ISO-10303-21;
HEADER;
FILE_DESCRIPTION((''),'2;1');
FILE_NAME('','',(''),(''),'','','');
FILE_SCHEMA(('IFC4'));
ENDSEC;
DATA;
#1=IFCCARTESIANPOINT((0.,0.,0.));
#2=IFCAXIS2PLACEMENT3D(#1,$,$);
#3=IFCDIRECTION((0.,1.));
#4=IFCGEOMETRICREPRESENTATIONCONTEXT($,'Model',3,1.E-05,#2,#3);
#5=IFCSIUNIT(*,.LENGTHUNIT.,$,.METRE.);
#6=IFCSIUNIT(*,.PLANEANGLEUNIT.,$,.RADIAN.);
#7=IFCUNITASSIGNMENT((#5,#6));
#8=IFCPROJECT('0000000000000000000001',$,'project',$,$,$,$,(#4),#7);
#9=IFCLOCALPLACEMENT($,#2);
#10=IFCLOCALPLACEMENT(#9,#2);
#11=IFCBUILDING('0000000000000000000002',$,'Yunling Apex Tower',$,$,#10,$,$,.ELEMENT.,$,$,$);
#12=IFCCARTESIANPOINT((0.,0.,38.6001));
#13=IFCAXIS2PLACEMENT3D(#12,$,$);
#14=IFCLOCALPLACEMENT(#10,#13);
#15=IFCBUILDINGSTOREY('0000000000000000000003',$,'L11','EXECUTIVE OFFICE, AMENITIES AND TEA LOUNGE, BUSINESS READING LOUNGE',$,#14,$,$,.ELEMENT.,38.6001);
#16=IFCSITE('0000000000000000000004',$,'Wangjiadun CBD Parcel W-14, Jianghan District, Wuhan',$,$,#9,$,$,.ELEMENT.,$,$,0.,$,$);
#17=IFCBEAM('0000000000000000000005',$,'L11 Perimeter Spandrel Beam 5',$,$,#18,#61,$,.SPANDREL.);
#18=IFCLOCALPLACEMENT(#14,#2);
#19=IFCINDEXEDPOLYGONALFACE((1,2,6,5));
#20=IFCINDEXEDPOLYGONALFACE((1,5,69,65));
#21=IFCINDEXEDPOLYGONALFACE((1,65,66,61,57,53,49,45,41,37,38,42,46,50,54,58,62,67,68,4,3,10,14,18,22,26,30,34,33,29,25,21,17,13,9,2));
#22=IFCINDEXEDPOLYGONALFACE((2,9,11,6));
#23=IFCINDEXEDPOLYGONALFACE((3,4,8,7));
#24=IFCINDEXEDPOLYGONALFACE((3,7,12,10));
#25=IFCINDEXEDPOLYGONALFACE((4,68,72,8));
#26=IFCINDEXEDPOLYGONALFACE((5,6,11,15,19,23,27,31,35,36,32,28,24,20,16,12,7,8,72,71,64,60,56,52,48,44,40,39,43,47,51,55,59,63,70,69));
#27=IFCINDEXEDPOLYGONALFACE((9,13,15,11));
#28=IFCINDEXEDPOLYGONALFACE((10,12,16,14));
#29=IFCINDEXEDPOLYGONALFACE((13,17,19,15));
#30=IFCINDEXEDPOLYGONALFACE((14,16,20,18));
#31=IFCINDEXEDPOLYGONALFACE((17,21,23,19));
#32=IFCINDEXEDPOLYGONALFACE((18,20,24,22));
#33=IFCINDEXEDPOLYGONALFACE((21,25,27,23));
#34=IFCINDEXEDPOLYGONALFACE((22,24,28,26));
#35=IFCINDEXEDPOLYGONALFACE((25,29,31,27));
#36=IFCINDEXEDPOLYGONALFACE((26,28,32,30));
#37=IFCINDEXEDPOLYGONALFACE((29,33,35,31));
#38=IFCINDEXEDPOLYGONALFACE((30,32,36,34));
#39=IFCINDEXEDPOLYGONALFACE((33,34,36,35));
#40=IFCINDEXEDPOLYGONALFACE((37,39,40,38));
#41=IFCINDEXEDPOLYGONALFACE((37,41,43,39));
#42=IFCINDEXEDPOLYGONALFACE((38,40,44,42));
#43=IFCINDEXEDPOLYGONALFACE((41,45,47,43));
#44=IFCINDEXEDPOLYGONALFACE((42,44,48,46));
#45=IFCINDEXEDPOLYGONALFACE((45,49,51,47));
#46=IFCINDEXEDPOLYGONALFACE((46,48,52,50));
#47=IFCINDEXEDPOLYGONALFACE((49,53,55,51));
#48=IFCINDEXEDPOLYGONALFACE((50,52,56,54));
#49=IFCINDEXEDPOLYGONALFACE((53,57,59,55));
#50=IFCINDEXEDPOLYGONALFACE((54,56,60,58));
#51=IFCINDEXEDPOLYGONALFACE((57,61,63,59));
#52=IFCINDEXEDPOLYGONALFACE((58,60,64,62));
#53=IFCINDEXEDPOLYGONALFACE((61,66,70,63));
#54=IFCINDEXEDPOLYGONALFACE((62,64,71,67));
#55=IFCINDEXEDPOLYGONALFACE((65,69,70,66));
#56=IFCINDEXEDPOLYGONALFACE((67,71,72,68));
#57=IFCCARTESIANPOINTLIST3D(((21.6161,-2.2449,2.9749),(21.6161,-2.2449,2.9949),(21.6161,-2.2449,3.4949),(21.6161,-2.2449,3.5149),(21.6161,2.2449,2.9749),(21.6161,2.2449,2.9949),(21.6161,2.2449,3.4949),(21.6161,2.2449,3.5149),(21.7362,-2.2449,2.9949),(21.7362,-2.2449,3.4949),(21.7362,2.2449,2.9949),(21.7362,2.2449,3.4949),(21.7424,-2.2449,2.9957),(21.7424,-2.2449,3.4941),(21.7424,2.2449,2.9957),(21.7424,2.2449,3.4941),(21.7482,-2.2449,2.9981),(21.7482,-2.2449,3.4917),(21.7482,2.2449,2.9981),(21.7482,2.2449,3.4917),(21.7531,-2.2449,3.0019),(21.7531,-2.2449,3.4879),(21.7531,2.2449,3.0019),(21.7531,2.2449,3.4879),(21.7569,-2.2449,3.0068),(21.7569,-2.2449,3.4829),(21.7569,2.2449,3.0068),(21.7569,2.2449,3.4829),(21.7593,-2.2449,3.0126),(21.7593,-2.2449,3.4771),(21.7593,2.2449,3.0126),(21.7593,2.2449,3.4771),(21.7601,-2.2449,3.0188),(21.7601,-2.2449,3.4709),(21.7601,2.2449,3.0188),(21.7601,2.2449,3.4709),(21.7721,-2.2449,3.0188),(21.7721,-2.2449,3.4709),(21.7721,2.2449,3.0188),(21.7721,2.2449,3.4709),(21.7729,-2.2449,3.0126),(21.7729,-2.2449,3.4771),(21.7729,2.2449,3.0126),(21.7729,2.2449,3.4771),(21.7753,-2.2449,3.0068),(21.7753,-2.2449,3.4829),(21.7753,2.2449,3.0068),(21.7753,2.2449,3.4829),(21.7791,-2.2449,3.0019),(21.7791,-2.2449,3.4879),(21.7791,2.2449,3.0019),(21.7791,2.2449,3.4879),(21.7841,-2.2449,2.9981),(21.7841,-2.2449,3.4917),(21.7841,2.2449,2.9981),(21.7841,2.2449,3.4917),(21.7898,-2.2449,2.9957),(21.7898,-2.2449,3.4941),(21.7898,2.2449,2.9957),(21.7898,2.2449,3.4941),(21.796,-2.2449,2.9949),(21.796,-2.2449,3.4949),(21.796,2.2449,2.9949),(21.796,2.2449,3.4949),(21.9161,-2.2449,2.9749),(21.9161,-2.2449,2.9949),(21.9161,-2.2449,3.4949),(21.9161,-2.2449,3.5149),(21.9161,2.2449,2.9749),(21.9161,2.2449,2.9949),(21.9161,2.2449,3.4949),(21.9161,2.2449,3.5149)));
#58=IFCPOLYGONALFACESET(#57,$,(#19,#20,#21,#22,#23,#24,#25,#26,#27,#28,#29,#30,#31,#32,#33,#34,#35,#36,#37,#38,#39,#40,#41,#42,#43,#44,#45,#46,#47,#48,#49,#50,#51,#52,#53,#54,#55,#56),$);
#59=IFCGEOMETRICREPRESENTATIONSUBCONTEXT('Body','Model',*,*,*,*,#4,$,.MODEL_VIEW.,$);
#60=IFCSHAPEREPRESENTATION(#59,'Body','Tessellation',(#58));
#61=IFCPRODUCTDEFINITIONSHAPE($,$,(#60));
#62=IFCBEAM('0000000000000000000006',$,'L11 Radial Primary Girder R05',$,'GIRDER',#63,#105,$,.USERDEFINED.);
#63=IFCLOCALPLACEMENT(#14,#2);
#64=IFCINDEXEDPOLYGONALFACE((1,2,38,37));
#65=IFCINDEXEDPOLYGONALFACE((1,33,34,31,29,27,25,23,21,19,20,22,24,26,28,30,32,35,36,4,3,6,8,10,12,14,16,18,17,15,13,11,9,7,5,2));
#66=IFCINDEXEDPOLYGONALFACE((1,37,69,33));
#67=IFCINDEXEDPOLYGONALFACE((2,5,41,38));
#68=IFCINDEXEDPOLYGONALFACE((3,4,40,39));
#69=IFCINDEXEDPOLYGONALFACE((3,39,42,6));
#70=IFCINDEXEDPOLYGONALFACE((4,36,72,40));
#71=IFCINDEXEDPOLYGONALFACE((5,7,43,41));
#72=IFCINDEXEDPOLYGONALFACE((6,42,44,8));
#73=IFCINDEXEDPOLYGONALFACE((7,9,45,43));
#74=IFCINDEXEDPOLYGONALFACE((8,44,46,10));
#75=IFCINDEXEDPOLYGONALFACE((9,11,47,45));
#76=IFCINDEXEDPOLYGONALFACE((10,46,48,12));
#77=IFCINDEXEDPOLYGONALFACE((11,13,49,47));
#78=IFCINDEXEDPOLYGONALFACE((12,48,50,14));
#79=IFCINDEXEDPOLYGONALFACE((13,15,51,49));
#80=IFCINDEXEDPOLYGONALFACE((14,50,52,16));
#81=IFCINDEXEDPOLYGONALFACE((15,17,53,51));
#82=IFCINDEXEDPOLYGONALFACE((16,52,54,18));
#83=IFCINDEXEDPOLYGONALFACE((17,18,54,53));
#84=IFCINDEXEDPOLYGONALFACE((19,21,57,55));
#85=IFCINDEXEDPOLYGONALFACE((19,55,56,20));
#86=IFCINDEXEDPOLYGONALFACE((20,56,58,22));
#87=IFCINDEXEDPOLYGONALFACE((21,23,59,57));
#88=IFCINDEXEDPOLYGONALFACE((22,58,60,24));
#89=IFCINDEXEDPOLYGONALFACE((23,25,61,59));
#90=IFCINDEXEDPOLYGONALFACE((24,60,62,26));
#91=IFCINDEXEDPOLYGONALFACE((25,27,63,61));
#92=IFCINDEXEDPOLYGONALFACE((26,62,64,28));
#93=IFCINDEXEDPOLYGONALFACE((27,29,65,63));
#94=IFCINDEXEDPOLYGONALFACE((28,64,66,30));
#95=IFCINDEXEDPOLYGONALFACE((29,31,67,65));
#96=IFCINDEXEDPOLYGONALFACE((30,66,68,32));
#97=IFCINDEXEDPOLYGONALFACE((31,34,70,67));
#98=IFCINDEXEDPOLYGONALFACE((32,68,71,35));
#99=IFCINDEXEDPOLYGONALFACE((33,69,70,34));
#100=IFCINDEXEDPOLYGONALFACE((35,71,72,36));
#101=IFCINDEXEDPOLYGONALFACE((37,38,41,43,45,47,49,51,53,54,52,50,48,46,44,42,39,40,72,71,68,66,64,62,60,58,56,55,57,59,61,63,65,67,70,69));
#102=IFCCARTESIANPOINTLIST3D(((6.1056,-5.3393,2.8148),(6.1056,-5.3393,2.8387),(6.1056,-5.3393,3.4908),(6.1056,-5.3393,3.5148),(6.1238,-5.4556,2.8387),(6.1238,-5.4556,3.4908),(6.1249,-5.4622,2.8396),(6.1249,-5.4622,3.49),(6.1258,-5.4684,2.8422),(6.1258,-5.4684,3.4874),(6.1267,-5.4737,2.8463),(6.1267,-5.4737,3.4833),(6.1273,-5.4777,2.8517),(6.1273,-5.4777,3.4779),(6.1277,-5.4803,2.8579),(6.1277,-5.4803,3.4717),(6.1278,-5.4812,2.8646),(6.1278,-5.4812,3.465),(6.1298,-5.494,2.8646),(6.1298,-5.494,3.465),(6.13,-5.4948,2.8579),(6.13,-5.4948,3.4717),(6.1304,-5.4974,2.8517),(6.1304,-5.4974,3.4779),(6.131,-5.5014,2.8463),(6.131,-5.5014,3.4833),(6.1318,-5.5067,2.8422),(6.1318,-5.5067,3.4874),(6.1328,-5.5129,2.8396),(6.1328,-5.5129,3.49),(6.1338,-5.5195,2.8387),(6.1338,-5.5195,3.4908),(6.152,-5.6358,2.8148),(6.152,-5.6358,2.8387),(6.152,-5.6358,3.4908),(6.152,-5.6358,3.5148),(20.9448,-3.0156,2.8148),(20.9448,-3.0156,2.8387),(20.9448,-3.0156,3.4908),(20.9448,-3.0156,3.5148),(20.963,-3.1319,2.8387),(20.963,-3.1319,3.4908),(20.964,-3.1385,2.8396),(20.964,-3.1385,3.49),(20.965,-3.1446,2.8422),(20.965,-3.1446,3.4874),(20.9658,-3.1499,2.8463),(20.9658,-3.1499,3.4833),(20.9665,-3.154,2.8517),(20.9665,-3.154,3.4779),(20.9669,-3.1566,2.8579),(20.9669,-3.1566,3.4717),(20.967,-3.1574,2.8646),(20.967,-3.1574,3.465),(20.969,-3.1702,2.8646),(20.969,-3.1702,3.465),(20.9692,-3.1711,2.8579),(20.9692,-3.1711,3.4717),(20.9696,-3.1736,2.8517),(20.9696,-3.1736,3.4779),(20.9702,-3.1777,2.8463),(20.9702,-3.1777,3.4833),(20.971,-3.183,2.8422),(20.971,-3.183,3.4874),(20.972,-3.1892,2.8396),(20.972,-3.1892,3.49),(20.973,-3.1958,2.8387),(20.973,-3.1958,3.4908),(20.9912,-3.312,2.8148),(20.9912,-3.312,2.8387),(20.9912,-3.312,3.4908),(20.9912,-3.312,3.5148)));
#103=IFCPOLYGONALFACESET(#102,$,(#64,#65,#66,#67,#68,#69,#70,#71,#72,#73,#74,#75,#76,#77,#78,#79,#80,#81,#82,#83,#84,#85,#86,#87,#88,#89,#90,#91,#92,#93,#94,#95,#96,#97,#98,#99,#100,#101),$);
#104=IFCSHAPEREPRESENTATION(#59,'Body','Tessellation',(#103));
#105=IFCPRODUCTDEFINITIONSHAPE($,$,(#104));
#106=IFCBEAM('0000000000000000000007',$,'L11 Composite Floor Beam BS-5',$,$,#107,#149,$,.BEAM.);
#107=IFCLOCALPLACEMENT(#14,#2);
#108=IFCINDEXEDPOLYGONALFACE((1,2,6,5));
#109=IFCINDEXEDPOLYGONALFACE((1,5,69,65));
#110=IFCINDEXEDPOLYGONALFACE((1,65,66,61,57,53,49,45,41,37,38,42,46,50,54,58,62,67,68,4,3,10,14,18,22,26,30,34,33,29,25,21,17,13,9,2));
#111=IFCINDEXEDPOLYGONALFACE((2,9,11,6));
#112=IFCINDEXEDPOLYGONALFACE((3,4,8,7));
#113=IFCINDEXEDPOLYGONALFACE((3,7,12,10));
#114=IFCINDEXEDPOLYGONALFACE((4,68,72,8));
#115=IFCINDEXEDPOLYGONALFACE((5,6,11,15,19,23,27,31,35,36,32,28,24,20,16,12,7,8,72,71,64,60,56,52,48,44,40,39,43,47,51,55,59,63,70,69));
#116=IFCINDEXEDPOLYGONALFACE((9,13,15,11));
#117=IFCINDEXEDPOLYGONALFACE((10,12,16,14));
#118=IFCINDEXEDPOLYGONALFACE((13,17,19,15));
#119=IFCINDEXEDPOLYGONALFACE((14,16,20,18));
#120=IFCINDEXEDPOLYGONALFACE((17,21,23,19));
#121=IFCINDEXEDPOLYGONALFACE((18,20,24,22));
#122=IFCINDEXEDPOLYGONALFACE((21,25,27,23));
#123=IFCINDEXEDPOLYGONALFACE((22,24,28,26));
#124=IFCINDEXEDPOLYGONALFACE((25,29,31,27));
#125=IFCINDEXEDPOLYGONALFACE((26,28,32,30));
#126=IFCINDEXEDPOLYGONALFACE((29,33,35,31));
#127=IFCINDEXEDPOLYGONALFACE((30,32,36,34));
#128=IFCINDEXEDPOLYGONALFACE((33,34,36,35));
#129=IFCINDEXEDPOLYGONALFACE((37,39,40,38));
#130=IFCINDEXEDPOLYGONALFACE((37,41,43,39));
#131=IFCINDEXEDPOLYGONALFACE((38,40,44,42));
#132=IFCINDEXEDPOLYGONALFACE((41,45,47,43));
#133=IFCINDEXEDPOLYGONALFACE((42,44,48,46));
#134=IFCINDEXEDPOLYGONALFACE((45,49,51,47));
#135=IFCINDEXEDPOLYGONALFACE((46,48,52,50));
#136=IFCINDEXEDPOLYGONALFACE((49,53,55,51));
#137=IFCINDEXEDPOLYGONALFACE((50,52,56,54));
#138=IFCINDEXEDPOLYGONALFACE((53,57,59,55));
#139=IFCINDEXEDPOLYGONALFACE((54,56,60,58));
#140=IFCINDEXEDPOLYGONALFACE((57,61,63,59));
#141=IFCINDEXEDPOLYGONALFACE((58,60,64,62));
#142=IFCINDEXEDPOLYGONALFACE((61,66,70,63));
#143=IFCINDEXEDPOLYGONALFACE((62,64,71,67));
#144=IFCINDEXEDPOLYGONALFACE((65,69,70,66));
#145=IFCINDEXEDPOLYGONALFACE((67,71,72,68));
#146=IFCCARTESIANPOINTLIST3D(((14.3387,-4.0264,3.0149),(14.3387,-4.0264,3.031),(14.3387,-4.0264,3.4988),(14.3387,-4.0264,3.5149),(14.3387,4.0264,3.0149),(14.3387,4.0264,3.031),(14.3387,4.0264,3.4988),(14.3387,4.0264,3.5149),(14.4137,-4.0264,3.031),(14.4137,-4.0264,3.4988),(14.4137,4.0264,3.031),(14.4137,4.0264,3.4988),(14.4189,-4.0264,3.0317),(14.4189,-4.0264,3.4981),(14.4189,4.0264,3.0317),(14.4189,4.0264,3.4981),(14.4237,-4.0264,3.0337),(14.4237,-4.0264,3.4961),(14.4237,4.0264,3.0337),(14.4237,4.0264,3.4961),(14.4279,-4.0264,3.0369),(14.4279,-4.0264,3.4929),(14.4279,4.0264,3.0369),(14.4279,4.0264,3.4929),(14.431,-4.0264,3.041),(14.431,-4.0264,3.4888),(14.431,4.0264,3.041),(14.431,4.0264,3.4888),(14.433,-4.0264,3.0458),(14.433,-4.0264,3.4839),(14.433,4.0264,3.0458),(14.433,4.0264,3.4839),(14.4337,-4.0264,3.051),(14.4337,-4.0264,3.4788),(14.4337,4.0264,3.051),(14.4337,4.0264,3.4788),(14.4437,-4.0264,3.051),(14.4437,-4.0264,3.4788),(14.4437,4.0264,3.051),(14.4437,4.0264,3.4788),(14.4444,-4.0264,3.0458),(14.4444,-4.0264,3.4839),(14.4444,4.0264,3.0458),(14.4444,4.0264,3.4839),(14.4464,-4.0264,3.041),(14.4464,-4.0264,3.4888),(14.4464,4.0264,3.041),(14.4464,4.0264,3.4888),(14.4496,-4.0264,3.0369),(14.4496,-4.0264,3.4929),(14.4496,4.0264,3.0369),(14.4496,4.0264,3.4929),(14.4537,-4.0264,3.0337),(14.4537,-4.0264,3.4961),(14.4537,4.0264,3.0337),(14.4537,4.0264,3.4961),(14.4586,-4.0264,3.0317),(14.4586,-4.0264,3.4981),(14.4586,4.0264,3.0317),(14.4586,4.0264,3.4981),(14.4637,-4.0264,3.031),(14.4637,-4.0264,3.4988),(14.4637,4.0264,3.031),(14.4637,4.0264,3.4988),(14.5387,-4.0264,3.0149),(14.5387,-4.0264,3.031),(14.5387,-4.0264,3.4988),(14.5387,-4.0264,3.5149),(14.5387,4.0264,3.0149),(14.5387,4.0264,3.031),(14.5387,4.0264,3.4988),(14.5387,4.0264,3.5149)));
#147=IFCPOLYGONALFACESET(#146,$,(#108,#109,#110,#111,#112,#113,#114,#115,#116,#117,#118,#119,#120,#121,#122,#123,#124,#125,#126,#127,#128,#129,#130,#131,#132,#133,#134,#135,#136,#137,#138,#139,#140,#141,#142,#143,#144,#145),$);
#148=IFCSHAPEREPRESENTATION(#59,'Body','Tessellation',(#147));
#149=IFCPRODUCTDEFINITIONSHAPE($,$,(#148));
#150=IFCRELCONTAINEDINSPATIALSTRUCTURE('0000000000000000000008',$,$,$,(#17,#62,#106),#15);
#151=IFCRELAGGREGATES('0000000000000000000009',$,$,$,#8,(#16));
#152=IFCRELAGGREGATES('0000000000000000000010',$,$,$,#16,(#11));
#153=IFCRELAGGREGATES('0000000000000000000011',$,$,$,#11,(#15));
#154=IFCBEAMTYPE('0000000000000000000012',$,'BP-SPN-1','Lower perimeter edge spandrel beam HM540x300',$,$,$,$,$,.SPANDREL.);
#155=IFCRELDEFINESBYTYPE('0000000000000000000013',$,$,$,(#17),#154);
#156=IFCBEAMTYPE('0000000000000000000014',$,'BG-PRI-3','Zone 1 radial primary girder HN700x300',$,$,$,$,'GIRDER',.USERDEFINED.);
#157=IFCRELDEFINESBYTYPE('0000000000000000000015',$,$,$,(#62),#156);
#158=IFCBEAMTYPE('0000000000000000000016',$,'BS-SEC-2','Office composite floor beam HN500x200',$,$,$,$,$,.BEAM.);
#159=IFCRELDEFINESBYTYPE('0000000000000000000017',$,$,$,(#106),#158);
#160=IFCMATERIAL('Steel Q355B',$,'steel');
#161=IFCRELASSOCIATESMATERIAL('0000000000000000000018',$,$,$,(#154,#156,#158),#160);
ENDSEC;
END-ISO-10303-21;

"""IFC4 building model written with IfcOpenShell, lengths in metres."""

from ifc_helpers import new_model, si_unit, direction, frame, origin, origin_2d, place, context, subcontext, project, spatial, i_section, extrude, source, transform, mapped, material, material_profile, profile_set, type_object, element, save


model = new_model("IFC4")

# Units and contexts
model_context = context("Model", 3, precision=1e-05, world=origin(), true_north=direction((0.0, 1.0)))
body_context = subcontext(model_context, "Body", "Model", "MODEL_VIEW")
ifc_project = project(units=[si_unit("LENGTHUNIT", "METRE"), si_unit("PLANEANGLEUNIT", "RADIAN")], contexts=[model_context])

# Site, building, storey
site_placement = place(None, origin())
site = spatial("IfcSite", under=ifc_project, at=site_placement, Name="Wangjiadun CBD Parcel W-14, Jianghan District, Wuhan", CompositionType="ELEMENT", RefElevation=0.0)
building_placement = place(site_placement, origin())
building = spatial("IfcBuilding", under=site, at=building_placement, Name="Yunling Apex Tower", CompositionType="ELEMENT")
storey_placement = place(building_placement, frame((0.0, 0.0, 38.6001)))
storey = spatial("IfcBuildingStorey", under=building, at=storey_placement, Name="L11", Description="EXECUTIVE OFFICE, AMENITIES AND TEA LOUNGE, BUSINESS READING LOUNGE", CompositionType="ELEMENT", Elevation=38.6001)

# Beams
ifc_material_1 = material(Name="Steel Q355B", Category="steel")
ifc_material_profile_1 = material_profile(ifc_material_1, i_section(OverallWidth=0.3, OverallDepth=0.54, WebThickness=0.012, FlangeThickness=0.02, FilletRadius=0.0239, at=origin_2d()))
ifc_profile_set_1 = profile_set([ifc_material_profile_1], Name="Steel Q355B")
beam_type_1 = type_object("IfcBeamType", Name="BP-SPN-1", Description="Lower perimeter edge spandrel beam HM540x300", PredefinedType="SPANDREL", material=ifc_profile_set_1)
shared_shape_1 = source(origin(), body_context, "Body", "SweptSolid", [
    extrude(i_section(OverallWidth=0.3, OverallDepth=0.54, WebThickness=0.012, FlangeThickness=0.02, FilletRadius=0.0239, at=origin_2d()), origin(), (0.0, 0.0, 1.0), 4.4897),
])
beam_1_placement = place(storey_placement, frame((21.7661, -2.2449, 3.2449), z_axis=(0.0, 1.0, 0.0), x_axis=(-1.0, 0.0, 0.0)))
element("IfcBeam", 1, at=beam_1_placement, inside=storey, type_object=beam_type_1, Name="L11 Perimeter Spandrel Beam 5", PredefinedType="SPANDREL", context=body_context, shape_type="MappedRepresentation", body=[
    mapped(shared_shape_1, transform((0.0, 0.0, 0.0), scale=1.0)),
])
ifc_material_profile_2 = material_profile(ifc_material_1, i_section(OverallWidth=0.3, OverallDepth=0.7, WebThickness=0.0129, FlangeThickness=0.0239, FilletRadius=0.0259, at=origin_2d()))
ifc_profile_set_2 = profile_set([ifc_material_profile_2], Name="Steel Q355B")
beam_type_2 = type_object("IfcBeamType", Name="BG-PRI-3", Description="Zone 1 radial primary girder HN700x300", ElementType="GIRDER", PredefinedType="USERDEFINED", material=ifc_profile_set_2)
shared_shape_2 = source(origin(), body_context, "Body", "SweptSolid", [
    extrude(i_section(OverallWidth=0.3, OverallDepth=0.7, WebThickness=0.0129, FlangeThickness=0.0239, FilletRadius=0.0259, at=origin_2d()), origin(), (0.0, 0.0, 1.0), 15.02),
])
beam_2_placement = place(storey_placement, frame((20.968, -3.1638, 3.1648), z_axis=(-0.98796, -0.15471, 0.0), x_axis=(0.15471, -0.98796, 0.0)))
element("IfcBeam", 2, at=beam_2_placement, inside=storey, type_object=beam_type_2, Name="L11 Radial Primary Girder R05", ObjectType="GIRDER", PredefinedType="USERDEFINED", context=body_context, shape_type="MappedRepresentation", body=[
    mapped(shared_shape_2, transform((0.0, 0.0, 0.0), scale=1.0)),
])
ifc_material_profile_3 = material_profile(ifc_material_1, i_section(OverallWidth=0.2, OverallDepth=0.5, WebThickness=0.01, FlangeThickness=0.0161, FilletRadius=0.02, at=origin_2d()))
ifc_profile_set_3 = profile_set([ifc_material_profile_3], Name="Steel Q355B")
beam_type_3 = type_object("IfcBeamType", Name="BS-SEC-2", Description="Office composite floor beam HN500x200", PredefinedType="BEAM", material=ifc_profile_set_3)
shared_shape_3 = source(origin(), body_context, "Body", "SweptSolid", [
    extrude(i_section(OverallWidth=0.2, OverallDepth=0.5, WebThickness=0.01, FlangeThickness=0.0161, FilletRadius=0.02, at=origin_2d()), origin(), (0.0, 0.0, 1.0), 8.0527),
])
beam_3_placement = place(storey_placement, frame((14.4387, -4.0264, 3.2649), z_axis=(0.0, 1.0, 0.0), x_axis=(-1.0, 0.0, 0.0)))
element("IfcBeam", 3, at=beam_3_placement, inside=storey, type_object=beam_type_3, Name="L11 Composite Floor Beam BS-5", PredefinedType="BEAM", context=body_context, shape_type="MappedRepresentation", body=[
    mapped(shared_shape_3, transform((0.0, 0.0, 0.0), scale=1.0)),
])

save(model, "model.ifc")
